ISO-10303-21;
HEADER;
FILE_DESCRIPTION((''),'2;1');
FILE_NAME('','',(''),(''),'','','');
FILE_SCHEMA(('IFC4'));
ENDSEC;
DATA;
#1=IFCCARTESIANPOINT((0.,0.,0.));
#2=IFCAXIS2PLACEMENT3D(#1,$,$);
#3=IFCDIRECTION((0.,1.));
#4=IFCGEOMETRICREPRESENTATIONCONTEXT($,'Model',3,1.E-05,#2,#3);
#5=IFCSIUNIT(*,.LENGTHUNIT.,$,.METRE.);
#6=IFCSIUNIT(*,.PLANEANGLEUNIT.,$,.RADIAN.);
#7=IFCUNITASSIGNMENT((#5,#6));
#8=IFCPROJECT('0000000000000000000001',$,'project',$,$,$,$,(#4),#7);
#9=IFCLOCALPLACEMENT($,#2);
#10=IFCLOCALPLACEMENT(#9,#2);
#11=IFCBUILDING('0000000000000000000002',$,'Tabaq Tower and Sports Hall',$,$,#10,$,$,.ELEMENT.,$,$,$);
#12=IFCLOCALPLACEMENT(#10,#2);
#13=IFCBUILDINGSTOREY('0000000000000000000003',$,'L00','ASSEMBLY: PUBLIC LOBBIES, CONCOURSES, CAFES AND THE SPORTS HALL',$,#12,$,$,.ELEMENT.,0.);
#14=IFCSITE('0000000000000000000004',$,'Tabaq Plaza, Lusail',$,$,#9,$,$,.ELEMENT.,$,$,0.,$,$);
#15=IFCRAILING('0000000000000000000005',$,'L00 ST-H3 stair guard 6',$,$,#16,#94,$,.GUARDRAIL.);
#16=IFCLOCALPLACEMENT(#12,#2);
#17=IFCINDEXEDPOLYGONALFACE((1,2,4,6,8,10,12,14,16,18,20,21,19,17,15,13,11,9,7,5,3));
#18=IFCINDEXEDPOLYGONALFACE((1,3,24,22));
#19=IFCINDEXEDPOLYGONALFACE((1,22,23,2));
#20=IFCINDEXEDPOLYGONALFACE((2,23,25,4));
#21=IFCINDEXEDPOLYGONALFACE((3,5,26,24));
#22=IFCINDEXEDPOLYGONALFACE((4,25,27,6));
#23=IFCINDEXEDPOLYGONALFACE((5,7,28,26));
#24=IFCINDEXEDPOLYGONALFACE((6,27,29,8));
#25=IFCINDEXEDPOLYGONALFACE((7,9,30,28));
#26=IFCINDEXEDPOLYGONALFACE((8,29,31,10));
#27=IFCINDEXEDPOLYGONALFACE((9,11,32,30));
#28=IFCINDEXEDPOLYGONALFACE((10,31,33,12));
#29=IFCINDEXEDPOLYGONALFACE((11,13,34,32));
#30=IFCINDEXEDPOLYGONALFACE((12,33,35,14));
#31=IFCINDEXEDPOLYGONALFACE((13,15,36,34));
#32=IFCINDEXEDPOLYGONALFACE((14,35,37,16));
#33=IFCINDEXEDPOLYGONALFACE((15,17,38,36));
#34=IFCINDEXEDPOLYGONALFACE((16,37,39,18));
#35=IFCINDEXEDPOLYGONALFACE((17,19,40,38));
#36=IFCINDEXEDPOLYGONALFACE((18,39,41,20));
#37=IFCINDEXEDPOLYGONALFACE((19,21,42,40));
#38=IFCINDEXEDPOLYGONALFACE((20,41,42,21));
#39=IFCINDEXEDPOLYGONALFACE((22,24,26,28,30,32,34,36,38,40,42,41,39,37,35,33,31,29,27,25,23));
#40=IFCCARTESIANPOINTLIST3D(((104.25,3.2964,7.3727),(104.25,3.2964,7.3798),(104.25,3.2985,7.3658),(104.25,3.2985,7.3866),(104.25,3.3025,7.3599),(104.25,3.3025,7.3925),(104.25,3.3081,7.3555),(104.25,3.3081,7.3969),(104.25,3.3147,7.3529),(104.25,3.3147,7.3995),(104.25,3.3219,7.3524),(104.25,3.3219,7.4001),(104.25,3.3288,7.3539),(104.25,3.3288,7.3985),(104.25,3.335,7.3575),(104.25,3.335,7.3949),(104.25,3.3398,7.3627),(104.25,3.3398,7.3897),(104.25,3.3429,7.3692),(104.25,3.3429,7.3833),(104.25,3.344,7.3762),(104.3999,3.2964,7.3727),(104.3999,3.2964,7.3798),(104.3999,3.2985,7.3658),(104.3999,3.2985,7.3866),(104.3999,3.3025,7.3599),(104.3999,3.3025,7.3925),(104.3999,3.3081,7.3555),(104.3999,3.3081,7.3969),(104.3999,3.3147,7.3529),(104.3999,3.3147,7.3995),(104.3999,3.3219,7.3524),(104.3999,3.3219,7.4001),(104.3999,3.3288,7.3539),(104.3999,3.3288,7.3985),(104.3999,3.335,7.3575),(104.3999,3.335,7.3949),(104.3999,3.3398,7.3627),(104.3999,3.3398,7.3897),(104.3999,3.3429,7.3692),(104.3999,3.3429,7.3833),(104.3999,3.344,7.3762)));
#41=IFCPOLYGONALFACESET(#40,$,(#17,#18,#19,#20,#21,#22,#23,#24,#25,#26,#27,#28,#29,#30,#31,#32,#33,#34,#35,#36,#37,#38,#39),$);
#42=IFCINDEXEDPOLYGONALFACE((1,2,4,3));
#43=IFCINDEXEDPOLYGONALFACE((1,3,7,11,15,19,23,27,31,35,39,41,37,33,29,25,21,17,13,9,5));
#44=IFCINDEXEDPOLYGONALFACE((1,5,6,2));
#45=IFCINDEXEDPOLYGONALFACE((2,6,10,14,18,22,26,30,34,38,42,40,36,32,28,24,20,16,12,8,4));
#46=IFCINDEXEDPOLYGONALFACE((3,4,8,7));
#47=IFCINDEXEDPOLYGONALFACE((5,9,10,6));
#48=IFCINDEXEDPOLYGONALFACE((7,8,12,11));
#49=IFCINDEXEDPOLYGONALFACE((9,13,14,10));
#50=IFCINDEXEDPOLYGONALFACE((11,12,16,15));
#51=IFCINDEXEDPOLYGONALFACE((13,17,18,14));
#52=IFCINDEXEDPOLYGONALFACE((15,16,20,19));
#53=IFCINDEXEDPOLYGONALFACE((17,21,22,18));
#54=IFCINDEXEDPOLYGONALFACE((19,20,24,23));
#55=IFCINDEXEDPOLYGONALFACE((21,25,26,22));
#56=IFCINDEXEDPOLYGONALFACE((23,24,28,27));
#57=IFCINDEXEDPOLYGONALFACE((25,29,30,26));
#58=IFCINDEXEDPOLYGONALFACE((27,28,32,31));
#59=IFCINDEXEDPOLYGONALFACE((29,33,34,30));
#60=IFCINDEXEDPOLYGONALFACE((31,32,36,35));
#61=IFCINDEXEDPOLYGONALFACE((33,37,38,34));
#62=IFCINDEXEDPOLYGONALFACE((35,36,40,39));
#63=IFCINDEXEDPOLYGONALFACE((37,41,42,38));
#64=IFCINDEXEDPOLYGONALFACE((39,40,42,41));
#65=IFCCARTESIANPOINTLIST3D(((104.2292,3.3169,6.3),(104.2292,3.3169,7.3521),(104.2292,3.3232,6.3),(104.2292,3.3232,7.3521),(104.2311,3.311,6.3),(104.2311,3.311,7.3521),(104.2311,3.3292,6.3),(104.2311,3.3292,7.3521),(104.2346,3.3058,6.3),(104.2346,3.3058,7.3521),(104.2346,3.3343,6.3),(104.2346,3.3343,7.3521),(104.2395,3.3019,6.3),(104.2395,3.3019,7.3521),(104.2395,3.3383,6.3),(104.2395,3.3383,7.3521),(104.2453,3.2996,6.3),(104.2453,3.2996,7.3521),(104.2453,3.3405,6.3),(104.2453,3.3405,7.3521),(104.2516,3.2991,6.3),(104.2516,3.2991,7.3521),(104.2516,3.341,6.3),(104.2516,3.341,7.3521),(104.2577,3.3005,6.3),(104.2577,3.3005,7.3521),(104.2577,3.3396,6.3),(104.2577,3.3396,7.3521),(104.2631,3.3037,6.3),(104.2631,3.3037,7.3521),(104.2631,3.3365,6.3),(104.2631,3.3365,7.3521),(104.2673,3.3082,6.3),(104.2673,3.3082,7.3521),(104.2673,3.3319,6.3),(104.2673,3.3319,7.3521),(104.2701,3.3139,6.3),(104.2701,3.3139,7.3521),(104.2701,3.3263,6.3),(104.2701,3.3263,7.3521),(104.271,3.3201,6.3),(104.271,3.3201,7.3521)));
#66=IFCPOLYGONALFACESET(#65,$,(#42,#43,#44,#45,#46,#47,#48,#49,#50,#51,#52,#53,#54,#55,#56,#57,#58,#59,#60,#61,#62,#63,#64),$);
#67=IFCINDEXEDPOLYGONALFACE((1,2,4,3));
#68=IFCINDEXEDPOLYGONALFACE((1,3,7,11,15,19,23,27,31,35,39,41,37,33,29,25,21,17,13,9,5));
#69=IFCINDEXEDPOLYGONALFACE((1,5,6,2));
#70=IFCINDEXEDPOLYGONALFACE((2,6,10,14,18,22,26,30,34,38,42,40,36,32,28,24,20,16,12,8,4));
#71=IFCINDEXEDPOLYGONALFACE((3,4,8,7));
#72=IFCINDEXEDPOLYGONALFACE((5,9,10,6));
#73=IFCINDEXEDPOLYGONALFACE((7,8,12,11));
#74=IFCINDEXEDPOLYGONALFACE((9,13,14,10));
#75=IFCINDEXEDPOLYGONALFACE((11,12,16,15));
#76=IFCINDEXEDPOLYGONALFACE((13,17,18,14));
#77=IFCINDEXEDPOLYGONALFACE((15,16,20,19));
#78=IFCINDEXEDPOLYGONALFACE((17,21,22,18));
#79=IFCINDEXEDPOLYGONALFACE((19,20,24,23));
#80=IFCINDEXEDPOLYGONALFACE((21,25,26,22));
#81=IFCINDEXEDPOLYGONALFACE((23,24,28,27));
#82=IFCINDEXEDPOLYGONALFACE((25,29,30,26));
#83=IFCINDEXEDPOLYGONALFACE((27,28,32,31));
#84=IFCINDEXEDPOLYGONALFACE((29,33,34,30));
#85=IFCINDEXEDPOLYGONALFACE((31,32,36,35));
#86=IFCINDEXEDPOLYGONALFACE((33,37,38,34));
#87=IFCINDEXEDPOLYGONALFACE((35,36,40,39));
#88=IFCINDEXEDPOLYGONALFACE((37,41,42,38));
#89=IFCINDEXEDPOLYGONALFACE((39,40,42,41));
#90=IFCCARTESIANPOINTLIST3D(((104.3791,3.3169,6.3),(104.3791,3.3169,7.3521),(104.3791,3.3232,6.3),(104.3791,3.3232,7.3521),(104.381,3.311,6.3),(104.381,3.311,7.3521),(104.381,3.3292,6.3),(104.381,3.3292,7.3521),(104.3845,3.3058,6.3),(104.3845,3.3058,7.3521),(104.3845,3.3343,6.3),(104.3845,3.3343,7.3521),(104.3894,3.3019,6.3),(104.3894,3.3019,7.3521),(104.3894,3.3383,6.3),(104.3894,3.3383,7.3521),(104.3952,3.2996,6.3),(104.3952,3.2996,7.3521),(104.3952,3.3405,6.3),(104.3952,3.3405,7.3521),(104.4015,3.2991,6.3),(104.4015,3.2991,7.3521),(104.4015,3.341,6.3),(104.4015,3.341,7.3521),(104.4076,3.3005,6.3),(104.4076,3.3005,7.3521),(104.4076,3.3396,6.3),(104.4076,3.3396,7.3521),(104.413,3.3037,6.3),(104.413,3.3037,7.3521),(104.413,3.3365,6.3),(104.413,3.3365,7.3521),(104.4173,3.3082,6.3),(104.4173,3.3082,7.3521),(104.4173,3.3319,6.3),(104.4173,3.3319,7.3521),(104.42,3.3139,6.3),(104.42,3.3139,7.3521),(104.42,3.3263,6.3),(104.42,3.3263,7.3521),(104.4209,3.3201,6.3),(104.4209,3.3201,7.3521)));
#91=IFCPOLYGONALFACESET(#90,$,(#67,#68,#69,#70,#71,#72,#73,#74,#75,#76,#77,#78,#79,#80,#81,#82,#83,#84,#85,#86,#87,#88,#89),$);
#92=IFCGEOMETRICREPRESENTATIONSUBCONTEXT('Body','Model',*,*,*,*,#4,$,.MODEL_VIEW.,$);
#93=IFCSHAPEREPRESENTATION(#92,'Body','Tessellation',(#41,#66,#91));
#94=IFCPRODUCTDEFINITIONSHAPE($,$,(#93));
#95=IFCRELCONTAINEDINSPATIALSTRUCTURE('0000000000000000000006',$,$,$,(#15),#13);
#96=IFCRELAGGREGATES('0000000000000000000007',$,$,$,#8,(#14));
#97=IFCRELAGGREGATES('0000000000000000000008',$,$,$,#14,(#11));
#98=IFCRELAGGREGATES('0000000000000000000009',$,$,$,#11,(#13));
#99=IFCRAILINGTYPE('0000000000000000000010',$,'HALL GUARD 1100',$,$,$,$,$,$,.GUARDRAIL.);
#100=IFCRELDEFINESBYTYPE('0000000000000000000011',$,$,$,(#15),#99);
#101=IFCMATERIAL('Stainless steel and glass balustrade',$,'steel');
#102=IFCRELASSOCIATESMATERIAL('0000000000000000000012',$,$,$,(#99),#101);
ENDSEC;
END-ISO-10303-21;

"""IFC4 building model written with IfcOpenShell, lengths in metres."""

from ifc_helpers import new_model, si_unit, direction, frame, origin, origin_2d, place, context, subcontext, project, spatial, circle, extrude, material, type_object, element, save


model = new_model("IFC4")

# Units and contexts
model_context = context("Model", 3, precision=1e-05, world=origin(), true_north=direction((0.0, 1.0)))
body_context = subcontext(model_context, "Body", "Model", "MODEL_VIEW")
ifc_project = project(units=[si_unit("LENGTHUNIT", "METRE"), si_unit("PLANEANGLEUNIT", "RADIAN")], contexts=[model_context])

# Site, building, storey
site_placement = place(None, origin())
site = spatial("IfcSite", under=ifc_project, at=site_placement, Name="Tabaq Plaza, Lusail", CompositionType="ELEMENT", RefElevation=0.0)
building_placement = place(site_placement, origin())
building = spatial("IfcBuilding", under=site, at=building_placement, Name="Tabaq Tower and Sports Hall", CompositionType="ELEMENT")
storey_placement = place(building_placement, origin())
storey = spatial("IfcBuildingStorey", under=building, at=storey_placement, Name="L00", Description="ASSEMBLY: PUBLIC LOBBIES, CONCOURSES, CAFES AND THE SPORTS HALL", CompositionType="ELEMENT", Elevation=0.0)

# Railing
ifc_material_1 = material(Name="Stainless steel and glass balustrade", Category="steel")
railing_type = type_object("IfcRailingType", Name="HALL GUARD 1100", PredefinedType="GUARDRAIL", material=ifc_material_1)
railing_1_placement = place(storey_placement, frame((104.25, 3.3201, 6.3)))
element("IfcRailing", 1, at=railing_1_placement, inside=storey, type_object=railing_type, Name="L00 ST-H3 stair guard 6", PredefinedType="GUARDRAIL", context=body_context, shape_type="SweptSolid", body=[
    extrude(circle(Radius=0.0239, at=origin_2d()), frame((0.0, 0.0, 1.0762), z_axis=(1.0, 0.0, 0.0), x_axis=(0.0, 1.0, 0.0)), (0.0, 0.0, 1.0), 0.1499),
    extrude(circle(Radius=0.021, at=origin_2d()), origin(), (0.0, 0.0, 1.0), 1.052),
    extrude(circle(Radius=0.021, at=origin_2d()), frame((0.1499, 0.0, 0.0)), (0.0, 0.0, 1.0), 1.052),
])

save(model, "model.ifc")
